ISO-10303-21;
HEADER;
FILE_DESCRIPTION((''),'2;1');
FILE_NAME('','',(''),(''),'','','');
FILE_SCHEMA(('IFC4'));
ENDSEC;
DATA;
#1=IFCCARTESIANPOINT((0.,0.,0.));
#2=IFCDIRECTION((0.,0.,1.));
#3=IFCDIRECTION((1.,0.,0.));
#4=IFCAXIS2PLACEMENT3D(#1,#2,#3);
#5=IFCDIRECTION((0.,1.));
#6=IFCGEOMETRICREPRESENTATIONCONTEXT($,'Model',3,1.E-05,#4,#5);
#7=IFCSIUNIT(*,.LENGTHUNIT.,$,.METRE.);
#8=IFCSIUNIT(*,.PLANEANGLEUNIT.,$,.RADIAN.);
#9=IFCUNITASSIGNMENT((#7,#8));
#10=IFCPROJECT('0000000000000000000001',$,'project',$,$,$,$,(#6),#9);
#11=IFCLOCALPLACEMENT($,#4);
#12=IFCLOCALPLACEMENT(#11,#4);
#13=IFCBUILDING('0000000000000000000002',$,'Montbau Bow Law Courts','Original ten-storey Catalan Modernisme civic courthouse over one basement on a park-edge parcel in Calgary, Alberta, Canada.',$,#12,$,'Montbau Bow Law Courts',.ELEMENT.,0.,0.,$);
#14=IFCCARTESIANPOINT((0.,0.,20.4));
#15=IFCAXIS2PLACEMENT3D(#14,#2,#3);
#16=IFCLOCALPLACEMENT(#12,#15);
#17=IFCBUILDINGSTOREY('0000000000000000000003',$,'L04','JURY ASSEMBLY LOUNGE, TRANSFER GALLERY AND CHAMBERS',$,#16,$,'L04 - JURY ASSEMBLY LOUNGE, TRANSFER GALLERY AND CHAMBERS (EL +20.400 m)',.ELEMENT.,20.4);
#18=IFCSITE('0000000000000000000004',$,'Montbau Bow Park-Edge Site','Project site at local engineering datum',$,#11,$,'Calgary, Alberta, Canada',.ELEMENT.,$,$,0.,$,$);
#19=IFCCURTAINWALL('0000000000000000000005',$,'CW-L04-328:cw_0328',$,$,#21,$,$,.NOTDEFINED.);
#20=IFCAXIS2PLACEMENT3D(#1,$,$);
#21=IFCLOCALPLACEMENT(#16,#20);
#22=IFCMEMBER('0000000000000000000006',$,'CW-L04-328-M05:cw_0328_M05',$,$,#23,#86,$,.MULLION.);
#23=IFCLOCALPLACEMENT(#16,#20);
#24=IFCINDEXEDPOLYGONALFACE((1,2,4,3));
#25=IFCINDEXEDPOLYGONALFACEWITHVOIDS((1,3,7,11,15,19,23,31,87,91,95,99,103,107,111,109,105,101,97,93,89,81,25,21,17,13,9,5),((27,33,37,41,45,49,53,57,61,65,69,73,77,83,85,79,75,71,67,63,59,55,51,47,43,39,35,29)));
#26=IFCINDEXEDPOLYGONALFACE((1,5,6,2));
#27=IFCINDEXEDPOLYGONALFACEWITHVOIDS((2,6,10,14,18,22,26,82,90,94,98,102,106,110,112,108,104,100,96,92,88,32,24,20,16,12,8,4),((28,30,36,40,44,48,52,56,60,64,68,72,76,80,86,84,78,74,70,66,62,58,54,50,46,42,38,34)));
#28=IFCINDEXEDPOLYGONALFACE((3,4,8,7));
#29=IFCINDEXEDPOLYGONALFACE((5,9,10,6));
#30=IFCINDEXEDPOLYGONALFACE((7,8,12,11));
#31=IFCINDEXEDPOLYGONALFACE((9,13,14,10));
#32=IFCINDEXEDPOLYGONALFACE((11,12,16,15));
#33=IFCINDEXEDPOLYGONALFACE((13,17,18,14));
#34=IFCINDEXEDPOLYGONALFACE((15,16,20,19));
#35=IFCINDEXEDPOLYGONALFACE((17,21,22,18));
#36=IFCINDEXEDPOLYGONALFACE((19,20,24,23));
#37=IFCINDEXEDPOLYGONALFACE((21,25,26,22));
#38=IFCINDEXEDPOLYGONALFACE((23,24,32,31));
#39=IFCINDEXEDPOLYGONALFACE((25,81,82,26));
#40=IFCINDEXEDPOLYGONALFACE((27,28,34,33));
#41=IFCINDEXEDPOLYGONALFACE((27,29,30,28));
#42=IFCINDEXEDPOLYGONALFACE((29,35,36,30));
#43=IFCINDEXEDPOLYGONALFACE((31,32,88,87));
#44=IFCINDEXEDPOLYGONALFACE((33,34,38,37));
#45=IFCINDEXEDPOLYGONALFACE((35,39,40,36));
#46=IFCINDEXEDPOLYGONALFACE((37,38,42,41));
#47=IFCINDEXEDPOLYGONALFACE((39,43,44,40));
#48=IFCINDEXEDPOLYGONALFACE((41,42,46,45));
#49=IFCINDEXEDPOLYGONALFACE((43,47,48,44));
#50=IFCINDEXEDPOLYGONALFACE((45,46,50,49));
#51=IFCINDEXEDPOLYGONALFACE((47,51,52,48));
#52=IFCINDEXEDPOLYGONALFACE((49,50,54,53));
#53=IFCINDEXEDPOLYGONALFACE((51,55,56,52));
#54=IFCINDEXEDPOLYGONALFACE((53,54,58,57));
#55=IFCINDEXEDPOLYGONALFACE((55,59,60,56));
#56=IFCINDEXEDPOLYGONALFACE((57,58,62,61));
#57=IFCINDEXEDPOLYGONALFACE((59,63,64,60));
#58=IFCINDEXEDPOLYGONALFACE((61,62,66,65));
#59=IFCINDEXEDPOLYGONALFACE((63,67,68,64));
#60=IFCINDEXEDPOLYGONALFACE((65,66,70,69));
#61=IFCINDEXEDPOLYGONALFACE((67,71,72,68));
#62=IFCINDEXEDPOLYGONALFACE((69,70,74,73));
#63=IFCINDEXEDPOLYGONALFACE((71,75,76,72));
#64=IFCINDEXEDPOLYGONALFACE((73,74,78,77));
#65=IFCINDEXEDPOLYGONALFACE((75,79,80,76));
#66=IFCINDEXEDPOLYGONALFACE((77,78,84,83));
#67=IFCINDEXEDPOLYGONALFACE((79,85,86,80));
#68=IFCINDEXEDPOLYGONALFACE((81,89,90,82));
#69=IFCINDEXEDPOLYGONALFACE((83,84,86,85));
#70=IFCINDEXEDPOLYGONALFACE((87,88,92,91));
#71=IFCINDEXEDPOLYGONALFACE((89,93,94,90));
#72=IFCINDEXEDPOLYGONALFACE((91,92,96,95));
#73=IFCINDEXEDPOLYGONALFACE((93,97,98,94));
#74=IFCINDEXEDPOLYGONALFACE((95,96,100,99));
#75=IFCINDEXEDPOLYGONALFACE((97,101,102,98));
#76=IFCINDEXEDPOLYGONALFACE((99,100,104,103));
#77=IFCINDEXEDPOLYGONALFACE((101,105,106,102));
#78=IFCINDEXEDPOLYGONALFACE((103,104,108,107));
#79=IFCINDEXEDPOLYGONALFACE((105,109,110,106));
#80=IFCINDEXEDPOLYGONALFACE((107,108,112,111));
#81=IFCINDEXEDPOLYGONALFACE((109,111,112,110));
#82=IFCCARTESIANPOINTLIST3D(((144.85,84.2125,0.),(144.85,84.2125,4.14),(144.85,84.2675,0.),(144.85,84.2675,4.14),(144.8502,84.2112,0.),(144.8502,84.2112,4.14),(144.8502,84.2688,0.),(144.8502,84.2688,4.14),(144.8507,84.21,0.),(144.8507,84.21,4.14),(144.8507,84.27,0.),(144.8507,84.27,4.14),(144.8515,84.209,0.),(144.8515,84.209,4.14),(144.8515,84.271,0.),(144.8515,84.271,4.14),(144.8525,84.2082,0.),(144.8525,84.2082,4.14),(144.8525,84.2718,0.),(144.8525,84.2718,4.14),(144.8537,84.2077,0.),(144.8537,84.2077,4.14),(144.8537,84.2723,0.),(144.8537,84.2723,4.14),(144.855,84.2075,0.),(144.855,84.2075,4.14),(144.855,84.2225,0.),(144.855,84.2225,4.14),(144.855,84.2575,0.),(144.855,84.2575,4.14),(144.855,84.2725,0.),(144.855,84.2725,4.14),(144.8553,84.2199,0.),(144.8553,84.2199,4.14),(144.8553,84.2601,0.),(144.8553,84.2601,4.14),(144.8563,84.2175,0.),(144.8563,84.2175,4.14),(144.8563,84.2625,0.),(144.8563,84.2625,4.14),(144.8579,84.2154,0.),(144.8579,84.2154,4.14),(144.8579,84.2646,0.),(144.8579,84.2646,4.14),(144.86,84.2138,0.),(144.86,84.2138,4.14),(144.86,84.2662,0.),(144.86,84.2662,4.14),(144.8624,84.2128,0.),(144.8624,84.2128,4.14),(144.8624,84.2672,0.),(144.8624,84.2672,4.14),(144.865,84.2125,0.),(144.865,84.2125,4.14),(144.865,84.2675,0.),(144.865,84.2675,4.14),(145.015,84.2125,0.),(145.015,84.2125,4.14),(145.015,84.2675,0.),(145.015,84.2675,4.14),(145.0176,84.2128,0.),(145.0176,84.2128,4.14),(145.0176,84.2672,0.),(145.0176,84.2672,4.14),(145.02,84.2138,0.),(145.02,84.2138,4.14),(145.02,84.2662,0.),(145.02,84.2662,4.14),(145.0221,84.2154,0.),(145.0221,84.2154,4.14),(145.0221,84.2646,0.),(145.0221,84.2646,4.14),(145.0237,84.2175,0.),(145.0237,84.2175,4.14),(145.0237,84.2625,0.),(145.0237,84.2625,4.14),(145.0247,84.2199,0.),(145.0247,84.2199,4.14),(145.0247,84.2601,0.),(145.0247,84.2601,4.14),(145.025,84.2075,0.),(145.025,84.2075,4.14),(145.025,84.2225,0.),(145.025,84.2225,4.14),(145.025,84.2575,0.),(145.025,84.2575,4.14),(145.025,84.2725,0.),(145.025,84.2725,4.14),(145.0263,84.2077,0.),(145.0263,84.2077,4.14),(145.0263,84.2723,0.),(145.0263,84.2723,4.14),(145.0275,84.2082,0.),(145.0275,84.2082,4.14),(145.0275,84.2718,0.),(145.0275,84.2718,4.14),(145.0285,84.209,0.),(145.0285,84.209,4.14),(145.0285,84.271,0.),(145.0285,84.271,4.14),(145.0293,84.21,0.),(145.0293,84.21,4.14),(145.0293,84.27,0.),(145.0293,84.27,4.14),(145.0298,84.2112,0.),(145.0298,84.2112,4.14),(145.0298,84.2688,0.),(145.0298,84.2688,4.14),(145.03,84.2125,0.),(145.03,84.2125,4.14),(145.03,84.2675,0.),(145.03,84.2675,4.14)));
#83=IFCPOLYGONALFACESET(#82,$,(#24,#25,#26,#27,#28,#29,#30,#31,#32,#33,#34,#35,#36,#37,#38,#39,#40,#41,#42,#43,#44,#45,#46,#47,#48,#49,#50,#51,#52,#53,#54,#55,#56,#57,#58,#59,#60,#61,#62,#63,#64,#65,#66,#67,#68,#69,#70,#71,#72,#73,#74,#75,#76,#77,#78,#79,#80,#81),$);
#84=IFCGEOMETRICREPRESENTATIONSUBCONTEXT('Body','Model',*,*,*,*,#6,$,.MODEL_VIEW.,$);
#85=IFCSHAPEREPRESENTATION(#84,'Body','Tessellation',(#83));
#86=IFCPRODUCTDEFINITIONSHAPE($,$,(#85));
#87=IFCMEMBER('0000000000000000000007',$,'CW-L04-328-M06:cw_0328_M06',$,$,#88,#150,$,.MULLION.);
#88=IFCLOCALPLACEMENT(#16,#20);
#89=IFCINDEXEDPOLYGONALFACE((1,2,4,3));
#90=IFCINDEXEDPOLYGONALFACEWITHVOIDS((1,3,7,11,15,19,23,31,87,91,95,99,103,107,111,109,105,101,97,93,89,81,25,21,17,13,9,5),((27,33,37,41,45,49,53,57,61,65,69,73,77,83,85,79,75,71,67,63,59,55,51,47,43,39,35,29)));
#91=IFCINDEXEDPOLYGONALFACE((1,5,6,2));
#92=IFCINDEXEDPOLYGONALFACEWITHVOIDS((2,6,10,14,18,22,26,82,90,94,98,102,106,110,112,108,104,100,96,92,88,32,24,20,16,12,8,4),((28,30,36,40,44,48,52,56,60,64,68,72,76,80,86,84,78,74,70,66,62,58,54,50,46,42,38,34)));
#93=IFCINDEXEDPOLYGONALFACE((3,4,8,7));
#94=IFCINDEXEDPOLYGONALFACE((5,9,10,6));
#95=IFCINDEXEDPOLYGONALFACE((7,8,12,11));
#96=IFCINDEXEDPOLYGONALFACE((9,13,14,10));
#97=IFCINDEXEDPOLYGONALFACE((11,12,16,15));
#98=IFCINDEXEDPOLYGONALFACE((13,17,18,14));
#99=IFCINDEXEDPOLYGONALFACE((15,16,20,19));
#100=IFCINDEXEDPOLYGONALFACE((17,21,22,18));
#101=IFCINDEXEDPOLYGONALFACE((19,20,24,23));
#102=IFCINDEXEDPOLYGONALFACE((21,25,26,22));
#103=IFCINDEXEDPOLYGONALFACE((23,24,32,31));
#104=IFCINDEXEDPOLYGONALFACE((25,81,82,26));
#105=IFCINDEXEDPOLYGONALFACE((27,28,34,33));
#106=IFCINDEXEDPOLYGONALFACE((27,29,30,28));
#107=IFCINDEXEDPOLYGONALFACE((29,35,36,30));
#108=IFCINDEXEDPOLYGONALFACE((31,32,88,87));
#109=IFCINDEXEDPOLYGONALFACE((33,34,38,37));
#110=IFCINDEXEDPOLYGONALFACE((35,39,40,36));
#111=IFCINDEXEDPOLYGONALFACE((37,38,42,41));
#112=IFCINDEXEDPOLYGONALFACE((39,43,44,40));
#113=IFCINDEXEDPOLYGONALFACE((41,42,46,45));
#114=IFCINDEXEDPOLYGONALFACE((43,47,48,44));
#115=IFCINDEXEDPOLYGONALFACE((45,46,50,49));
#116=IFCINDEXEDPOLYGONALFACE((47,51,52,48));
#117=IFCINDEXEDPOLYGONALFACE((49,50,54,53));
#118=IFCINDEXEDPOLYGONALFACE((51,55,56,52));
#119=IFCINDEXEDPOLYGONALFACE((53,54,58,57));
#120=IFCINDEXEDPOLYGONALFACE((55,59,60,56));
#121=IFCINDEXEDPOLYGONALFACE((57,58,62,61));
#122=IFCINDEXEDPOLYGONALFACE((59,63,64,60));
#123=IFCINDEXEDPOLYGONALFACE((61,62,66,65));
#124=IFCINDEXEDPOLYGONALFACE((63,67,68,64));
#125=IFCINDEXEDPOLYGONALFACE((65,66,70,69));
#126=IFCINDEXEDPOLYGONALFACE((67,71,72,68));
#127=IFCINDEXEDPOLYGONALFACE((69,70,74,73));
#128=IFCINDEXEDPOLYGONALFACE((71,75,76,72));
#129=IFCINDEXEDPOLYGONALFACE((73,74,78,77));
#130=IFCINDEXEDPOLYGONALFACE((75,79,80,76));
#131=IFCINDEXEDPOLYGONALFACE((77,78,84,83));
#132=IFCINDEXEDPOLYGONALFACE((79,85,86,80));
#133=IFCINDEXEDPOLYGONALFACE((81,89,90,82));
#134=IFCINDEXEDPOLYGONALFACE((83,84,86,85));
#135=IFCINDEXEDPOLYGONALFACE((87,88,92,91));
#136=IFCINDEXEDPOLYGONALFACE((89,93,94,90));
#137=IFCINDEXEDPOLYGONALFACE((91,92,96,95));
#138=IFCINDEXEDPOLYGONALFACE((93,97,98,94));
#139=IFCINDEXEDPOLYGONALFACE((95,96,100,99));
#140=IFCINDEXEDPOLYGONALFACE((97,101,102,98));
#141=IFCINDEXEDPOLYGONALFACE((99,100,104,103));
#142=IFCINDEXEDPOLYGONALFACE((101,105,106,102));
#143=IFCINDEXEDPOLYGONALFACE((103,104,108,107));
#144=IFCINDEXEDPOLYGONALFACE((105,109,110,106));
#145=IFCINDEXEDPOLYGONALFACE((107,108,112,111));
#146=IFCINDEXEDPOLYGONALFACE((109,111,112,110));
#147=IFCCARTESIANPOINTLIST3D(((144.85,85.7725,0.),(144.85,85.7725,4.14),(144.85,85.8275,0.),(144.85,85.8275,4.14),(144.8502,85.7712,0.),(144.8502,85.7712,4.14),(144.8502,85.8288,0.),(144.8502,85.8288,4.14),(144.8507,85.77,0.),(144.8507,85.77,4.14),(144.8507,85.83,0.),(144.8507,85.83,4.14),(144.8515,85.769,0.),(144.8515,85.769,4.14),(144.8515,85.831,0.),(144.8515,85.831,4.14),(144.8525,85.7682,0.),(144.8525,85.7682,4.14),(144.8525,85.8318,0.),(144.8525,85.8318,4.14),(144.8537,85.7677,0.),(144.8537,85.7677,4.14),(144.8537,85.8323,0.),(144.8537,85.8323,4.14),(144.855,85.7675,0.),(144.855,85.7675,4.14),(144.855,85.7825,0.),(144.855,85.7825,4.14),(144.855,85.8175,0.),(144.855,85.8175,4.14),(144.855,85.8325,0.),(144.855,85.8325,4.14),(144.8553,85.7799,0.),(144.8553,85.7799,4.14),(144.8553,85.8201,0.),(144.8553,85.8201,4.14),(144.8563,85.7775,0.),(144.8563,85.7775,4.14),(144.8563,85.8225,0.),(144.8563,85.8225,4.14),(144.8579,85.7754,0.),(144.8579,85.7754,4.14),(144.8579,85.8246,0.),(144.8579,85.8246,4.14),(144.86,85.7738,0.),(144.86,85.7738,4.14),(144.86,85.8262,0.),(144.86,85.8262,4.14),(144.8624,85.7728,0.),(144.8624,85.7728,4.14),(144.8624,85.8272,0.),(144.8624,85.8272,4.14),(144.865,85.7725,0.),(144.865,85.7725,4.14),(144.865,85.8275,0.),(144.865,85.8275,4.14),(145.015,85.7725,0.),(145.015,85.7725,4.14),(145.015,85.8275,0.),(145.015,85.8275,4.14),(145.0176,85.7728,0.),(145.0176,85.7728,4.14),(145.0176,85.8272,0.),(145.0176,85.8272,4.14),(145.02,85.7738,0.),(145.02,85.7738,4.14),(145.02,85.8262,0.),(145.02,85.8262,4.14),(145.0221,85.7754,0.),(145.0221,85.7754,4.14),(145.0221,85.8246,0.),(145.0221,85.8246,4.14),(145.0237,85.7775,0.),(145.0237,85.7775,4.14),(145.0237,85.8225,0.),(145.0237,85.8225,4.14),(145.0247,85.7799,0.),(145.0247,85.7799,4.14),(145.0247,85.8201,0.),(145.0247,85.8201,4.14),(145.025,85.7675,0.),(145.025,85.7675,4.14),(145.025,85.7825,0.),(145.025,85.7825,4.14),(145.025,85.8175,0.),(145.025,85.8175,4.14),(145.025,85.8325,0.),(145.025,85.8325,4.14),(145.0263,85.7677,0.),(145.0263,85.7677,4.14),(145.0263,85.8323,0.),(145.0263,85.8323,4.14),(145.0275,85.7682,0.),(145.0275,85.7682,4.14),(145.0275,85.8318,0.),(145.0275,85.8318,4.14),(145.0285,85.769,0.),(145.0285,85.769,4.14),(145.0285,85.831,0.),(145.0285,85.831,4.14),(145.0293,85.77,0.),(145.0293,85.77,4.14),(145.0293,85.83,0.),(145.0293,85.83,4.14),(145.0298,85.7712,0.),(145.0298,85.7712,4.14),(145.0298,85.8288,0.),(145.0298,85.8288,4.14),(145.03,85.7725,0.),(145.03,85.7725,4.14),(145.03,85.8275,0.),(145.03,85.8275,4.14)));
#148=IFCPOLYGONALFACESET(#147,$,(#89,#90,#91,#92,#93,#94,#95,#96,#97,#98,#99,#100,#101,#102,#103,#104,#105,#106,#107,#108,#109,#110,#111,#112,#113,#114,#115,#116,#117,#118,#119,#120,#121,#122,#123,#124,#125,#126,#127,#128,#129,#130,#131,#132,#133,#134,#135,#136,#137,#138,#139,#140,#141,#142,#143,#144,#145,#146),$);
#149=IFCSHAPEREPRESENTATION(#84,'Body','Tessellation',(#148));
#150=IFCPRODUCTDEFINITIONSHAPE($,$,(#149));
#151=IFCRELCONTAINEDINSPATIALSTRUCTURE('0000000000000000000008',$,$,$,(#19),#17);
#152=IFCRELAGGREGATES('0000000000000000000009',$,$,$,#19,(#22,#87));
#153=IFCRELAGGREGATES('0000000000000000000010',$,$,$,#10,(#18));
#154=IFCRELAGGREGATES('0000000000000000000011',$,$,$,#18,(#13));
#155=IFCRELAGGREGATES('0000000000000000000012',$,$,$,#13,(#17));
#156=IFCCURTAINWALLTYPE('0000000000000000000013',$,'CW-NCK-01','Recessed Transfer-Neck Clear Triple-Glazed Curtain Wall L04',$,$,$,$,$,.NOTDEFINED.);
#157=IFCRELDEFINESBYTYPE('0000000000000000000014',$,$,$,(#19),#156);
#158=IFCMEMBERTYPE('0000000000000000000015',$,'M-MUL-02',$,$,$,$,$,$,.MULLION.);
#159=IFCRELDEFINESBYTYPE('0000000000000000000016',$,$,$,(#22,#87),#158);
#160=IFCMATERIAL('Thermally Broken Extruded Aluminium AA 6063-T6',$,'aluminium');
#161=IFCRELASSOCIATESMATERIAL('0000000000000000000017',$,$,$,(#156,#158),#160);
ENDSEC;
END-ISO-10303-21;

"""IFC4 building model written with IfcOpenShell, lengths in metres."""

from ifc_helpers import new_model, si_unit, direction, frame, origin_with_axes, origin_2d_with_axis, place, context, subcontext, project, spatial, hollow_rectangle, extrude, material, material_profile, profile_set, type_object, element, aggregate, save


model = new_model("IFC4")

# Units and contexts
model_context = context("Model", 3, precision=1e-05, world=origin_with_axes(), true_north=direction((0.0, 1.0)))
body_context = subcontext(model_context, "Body", "Model", "MODEL_VIEW")
ifc_project = project(units=[si_unit("LENGTHUNIT", "METRE"), si_unit("PLANEANGLEUNIT", "RADIAN")], contexts=[model_context])

# Site, building, storey
site_placement = place(None, origin_with_axes())
site = spatial("IfcSite", under=ifc_project, at=site_placement, Name="Montbau Bow Park-Edge Site", Description="Project site at local engineering datum", LongName="Calgary, Alberta, Canada", CompositionType="ELEMENT", RefElevation=0.0)
building_placement = place(site_placement, origin_with_axes())
building = spatial("IfcBuilding", under=site, at=building_placement, Name="Montbau Bow Law Courts", Description="Original ten-storey Catalan Modernisme civic courthouse over one basement on a park-edge parcel in Calgary, Alberta, Canada.", LongName="Montbau Bow Law Courts", CompositionType="ELEMENT", ElevationOfRefHeight=0.0, ElevationOfTerrain=0.0)
storey_placement = place(building_placement, frame((0.0, 0.0, 20.4), z_axis=(0.0, 0.0, 1.0), x_axis=(1.0, 0.0, 0.0)))
storey = spatial("IfcBuildingStorey", under=building, at=storey_placement, Name="L04", Description="JURY ASSEMBLY LOUNGE, TRANSFER GALLERY AND CHAMBERS", LongName="L04 - JURY ASSEMBLY LOUNGE, TRANSFER GALLERY AND CHAMBERS (EL +20.400 m)", CompositionType="ELEMENT", Elevation=20.4)

# Curtain wall, members
ifc_material_1 = material(Name="Thermally Broken Extruded Aluminium AA 6063-T6", Category="aluminium")
curtain_wall_type = type_object("IfcCurtainWallType", Name="CW-NCK-01", Description="Recessed Transfer-Neck Clear Triple-Glazed Curtain Wall L04", PredefinedType="NOTDEFINED", material=ifc_material_1)
curtain_wall_placement = place(None, frame((144.94, 78.0, 20.4), z_axis=(0.0, 0.0, 1.0), x_axis=(1.0, 0.0, 0.0)))
curtain_wall = element("IfcCurtainWall", 1, at=curtain_wall_placement, inside=storey, type_object=curtain_wall_type, Name="CW-L04-328:cw_0328", PredefinedType="NOTDEFINED")
ifc_material_profile_1 = material_profile(ifc_material_1, hollow_rectangle(XDim=0.065, YDim=0.18, WallThickness=0.005, InnerFilletRadius=0.01, OuterFilletRadius=0.005, at=origin_2d_with_axis()), Name="CWM-180X65", Category="Main", Priority=0)
ifc_profile_set_1 = profile_set([ifc_material_profile_1], Name="Thermally Broken Extruded Aluminium AA 6063-T6")
member_type_1 = type_object("IfcMemberType", Name="M-MUL-02", PredefinedType="MULLION", material=ifc_profile_set_1)
member_1_placement = place(None, frame((144.94, 84.24, 20.4), z_axis=(0.0, 0.0, 1.0), x_axis=(0.0, 1.0, 0.0)))
member_1 = element("IfcMember", 2, at=member_1_placement, type_object=member_type_1, Name="CW-L04-328-M05:cw_0328_M05", PredefinedType="MULLION", context=body_context, shape_type="SweptSolid", body=[
    extrude(hollow_rectangle(XDim=0.065, YDim=0.18, WallThickness=0.005, InnerFilletRadius=0.01, OuterFilletRadius=0.005, at=origin_2d_with_axis()), origin_with_axes(), (0.0, 0.0, 1.0), 4.14),
])
member_2_placement = place(None, frame((144.94, 85.8, 20.4), z_axis=(0.0, 0.0, 1.0), x_axis=(0.0, 1.0, 0.0)))
member_2 = element("IfcMember", 3, at=member_2_placement, type_object=member_type_1, Name="CW-L04-328-M06:cw_0328_M06", PredefinedType="MULLION", context=body_context, shape_type="SweptSolid", body=[
    extrude(hollow_rectangle(XDim=0.065, YDim=0.18, WallThickness=0.005, InnerFilletRadius=0.01, OuterFilletRadius=0.005, at=origin_2d_with_axis()), origin_with_axes(), (0.0, 0.0, 1.0), 4.14),
])
aggregate(curtain_wall, [member_1, member_2])

save(model, "model.ifc")
